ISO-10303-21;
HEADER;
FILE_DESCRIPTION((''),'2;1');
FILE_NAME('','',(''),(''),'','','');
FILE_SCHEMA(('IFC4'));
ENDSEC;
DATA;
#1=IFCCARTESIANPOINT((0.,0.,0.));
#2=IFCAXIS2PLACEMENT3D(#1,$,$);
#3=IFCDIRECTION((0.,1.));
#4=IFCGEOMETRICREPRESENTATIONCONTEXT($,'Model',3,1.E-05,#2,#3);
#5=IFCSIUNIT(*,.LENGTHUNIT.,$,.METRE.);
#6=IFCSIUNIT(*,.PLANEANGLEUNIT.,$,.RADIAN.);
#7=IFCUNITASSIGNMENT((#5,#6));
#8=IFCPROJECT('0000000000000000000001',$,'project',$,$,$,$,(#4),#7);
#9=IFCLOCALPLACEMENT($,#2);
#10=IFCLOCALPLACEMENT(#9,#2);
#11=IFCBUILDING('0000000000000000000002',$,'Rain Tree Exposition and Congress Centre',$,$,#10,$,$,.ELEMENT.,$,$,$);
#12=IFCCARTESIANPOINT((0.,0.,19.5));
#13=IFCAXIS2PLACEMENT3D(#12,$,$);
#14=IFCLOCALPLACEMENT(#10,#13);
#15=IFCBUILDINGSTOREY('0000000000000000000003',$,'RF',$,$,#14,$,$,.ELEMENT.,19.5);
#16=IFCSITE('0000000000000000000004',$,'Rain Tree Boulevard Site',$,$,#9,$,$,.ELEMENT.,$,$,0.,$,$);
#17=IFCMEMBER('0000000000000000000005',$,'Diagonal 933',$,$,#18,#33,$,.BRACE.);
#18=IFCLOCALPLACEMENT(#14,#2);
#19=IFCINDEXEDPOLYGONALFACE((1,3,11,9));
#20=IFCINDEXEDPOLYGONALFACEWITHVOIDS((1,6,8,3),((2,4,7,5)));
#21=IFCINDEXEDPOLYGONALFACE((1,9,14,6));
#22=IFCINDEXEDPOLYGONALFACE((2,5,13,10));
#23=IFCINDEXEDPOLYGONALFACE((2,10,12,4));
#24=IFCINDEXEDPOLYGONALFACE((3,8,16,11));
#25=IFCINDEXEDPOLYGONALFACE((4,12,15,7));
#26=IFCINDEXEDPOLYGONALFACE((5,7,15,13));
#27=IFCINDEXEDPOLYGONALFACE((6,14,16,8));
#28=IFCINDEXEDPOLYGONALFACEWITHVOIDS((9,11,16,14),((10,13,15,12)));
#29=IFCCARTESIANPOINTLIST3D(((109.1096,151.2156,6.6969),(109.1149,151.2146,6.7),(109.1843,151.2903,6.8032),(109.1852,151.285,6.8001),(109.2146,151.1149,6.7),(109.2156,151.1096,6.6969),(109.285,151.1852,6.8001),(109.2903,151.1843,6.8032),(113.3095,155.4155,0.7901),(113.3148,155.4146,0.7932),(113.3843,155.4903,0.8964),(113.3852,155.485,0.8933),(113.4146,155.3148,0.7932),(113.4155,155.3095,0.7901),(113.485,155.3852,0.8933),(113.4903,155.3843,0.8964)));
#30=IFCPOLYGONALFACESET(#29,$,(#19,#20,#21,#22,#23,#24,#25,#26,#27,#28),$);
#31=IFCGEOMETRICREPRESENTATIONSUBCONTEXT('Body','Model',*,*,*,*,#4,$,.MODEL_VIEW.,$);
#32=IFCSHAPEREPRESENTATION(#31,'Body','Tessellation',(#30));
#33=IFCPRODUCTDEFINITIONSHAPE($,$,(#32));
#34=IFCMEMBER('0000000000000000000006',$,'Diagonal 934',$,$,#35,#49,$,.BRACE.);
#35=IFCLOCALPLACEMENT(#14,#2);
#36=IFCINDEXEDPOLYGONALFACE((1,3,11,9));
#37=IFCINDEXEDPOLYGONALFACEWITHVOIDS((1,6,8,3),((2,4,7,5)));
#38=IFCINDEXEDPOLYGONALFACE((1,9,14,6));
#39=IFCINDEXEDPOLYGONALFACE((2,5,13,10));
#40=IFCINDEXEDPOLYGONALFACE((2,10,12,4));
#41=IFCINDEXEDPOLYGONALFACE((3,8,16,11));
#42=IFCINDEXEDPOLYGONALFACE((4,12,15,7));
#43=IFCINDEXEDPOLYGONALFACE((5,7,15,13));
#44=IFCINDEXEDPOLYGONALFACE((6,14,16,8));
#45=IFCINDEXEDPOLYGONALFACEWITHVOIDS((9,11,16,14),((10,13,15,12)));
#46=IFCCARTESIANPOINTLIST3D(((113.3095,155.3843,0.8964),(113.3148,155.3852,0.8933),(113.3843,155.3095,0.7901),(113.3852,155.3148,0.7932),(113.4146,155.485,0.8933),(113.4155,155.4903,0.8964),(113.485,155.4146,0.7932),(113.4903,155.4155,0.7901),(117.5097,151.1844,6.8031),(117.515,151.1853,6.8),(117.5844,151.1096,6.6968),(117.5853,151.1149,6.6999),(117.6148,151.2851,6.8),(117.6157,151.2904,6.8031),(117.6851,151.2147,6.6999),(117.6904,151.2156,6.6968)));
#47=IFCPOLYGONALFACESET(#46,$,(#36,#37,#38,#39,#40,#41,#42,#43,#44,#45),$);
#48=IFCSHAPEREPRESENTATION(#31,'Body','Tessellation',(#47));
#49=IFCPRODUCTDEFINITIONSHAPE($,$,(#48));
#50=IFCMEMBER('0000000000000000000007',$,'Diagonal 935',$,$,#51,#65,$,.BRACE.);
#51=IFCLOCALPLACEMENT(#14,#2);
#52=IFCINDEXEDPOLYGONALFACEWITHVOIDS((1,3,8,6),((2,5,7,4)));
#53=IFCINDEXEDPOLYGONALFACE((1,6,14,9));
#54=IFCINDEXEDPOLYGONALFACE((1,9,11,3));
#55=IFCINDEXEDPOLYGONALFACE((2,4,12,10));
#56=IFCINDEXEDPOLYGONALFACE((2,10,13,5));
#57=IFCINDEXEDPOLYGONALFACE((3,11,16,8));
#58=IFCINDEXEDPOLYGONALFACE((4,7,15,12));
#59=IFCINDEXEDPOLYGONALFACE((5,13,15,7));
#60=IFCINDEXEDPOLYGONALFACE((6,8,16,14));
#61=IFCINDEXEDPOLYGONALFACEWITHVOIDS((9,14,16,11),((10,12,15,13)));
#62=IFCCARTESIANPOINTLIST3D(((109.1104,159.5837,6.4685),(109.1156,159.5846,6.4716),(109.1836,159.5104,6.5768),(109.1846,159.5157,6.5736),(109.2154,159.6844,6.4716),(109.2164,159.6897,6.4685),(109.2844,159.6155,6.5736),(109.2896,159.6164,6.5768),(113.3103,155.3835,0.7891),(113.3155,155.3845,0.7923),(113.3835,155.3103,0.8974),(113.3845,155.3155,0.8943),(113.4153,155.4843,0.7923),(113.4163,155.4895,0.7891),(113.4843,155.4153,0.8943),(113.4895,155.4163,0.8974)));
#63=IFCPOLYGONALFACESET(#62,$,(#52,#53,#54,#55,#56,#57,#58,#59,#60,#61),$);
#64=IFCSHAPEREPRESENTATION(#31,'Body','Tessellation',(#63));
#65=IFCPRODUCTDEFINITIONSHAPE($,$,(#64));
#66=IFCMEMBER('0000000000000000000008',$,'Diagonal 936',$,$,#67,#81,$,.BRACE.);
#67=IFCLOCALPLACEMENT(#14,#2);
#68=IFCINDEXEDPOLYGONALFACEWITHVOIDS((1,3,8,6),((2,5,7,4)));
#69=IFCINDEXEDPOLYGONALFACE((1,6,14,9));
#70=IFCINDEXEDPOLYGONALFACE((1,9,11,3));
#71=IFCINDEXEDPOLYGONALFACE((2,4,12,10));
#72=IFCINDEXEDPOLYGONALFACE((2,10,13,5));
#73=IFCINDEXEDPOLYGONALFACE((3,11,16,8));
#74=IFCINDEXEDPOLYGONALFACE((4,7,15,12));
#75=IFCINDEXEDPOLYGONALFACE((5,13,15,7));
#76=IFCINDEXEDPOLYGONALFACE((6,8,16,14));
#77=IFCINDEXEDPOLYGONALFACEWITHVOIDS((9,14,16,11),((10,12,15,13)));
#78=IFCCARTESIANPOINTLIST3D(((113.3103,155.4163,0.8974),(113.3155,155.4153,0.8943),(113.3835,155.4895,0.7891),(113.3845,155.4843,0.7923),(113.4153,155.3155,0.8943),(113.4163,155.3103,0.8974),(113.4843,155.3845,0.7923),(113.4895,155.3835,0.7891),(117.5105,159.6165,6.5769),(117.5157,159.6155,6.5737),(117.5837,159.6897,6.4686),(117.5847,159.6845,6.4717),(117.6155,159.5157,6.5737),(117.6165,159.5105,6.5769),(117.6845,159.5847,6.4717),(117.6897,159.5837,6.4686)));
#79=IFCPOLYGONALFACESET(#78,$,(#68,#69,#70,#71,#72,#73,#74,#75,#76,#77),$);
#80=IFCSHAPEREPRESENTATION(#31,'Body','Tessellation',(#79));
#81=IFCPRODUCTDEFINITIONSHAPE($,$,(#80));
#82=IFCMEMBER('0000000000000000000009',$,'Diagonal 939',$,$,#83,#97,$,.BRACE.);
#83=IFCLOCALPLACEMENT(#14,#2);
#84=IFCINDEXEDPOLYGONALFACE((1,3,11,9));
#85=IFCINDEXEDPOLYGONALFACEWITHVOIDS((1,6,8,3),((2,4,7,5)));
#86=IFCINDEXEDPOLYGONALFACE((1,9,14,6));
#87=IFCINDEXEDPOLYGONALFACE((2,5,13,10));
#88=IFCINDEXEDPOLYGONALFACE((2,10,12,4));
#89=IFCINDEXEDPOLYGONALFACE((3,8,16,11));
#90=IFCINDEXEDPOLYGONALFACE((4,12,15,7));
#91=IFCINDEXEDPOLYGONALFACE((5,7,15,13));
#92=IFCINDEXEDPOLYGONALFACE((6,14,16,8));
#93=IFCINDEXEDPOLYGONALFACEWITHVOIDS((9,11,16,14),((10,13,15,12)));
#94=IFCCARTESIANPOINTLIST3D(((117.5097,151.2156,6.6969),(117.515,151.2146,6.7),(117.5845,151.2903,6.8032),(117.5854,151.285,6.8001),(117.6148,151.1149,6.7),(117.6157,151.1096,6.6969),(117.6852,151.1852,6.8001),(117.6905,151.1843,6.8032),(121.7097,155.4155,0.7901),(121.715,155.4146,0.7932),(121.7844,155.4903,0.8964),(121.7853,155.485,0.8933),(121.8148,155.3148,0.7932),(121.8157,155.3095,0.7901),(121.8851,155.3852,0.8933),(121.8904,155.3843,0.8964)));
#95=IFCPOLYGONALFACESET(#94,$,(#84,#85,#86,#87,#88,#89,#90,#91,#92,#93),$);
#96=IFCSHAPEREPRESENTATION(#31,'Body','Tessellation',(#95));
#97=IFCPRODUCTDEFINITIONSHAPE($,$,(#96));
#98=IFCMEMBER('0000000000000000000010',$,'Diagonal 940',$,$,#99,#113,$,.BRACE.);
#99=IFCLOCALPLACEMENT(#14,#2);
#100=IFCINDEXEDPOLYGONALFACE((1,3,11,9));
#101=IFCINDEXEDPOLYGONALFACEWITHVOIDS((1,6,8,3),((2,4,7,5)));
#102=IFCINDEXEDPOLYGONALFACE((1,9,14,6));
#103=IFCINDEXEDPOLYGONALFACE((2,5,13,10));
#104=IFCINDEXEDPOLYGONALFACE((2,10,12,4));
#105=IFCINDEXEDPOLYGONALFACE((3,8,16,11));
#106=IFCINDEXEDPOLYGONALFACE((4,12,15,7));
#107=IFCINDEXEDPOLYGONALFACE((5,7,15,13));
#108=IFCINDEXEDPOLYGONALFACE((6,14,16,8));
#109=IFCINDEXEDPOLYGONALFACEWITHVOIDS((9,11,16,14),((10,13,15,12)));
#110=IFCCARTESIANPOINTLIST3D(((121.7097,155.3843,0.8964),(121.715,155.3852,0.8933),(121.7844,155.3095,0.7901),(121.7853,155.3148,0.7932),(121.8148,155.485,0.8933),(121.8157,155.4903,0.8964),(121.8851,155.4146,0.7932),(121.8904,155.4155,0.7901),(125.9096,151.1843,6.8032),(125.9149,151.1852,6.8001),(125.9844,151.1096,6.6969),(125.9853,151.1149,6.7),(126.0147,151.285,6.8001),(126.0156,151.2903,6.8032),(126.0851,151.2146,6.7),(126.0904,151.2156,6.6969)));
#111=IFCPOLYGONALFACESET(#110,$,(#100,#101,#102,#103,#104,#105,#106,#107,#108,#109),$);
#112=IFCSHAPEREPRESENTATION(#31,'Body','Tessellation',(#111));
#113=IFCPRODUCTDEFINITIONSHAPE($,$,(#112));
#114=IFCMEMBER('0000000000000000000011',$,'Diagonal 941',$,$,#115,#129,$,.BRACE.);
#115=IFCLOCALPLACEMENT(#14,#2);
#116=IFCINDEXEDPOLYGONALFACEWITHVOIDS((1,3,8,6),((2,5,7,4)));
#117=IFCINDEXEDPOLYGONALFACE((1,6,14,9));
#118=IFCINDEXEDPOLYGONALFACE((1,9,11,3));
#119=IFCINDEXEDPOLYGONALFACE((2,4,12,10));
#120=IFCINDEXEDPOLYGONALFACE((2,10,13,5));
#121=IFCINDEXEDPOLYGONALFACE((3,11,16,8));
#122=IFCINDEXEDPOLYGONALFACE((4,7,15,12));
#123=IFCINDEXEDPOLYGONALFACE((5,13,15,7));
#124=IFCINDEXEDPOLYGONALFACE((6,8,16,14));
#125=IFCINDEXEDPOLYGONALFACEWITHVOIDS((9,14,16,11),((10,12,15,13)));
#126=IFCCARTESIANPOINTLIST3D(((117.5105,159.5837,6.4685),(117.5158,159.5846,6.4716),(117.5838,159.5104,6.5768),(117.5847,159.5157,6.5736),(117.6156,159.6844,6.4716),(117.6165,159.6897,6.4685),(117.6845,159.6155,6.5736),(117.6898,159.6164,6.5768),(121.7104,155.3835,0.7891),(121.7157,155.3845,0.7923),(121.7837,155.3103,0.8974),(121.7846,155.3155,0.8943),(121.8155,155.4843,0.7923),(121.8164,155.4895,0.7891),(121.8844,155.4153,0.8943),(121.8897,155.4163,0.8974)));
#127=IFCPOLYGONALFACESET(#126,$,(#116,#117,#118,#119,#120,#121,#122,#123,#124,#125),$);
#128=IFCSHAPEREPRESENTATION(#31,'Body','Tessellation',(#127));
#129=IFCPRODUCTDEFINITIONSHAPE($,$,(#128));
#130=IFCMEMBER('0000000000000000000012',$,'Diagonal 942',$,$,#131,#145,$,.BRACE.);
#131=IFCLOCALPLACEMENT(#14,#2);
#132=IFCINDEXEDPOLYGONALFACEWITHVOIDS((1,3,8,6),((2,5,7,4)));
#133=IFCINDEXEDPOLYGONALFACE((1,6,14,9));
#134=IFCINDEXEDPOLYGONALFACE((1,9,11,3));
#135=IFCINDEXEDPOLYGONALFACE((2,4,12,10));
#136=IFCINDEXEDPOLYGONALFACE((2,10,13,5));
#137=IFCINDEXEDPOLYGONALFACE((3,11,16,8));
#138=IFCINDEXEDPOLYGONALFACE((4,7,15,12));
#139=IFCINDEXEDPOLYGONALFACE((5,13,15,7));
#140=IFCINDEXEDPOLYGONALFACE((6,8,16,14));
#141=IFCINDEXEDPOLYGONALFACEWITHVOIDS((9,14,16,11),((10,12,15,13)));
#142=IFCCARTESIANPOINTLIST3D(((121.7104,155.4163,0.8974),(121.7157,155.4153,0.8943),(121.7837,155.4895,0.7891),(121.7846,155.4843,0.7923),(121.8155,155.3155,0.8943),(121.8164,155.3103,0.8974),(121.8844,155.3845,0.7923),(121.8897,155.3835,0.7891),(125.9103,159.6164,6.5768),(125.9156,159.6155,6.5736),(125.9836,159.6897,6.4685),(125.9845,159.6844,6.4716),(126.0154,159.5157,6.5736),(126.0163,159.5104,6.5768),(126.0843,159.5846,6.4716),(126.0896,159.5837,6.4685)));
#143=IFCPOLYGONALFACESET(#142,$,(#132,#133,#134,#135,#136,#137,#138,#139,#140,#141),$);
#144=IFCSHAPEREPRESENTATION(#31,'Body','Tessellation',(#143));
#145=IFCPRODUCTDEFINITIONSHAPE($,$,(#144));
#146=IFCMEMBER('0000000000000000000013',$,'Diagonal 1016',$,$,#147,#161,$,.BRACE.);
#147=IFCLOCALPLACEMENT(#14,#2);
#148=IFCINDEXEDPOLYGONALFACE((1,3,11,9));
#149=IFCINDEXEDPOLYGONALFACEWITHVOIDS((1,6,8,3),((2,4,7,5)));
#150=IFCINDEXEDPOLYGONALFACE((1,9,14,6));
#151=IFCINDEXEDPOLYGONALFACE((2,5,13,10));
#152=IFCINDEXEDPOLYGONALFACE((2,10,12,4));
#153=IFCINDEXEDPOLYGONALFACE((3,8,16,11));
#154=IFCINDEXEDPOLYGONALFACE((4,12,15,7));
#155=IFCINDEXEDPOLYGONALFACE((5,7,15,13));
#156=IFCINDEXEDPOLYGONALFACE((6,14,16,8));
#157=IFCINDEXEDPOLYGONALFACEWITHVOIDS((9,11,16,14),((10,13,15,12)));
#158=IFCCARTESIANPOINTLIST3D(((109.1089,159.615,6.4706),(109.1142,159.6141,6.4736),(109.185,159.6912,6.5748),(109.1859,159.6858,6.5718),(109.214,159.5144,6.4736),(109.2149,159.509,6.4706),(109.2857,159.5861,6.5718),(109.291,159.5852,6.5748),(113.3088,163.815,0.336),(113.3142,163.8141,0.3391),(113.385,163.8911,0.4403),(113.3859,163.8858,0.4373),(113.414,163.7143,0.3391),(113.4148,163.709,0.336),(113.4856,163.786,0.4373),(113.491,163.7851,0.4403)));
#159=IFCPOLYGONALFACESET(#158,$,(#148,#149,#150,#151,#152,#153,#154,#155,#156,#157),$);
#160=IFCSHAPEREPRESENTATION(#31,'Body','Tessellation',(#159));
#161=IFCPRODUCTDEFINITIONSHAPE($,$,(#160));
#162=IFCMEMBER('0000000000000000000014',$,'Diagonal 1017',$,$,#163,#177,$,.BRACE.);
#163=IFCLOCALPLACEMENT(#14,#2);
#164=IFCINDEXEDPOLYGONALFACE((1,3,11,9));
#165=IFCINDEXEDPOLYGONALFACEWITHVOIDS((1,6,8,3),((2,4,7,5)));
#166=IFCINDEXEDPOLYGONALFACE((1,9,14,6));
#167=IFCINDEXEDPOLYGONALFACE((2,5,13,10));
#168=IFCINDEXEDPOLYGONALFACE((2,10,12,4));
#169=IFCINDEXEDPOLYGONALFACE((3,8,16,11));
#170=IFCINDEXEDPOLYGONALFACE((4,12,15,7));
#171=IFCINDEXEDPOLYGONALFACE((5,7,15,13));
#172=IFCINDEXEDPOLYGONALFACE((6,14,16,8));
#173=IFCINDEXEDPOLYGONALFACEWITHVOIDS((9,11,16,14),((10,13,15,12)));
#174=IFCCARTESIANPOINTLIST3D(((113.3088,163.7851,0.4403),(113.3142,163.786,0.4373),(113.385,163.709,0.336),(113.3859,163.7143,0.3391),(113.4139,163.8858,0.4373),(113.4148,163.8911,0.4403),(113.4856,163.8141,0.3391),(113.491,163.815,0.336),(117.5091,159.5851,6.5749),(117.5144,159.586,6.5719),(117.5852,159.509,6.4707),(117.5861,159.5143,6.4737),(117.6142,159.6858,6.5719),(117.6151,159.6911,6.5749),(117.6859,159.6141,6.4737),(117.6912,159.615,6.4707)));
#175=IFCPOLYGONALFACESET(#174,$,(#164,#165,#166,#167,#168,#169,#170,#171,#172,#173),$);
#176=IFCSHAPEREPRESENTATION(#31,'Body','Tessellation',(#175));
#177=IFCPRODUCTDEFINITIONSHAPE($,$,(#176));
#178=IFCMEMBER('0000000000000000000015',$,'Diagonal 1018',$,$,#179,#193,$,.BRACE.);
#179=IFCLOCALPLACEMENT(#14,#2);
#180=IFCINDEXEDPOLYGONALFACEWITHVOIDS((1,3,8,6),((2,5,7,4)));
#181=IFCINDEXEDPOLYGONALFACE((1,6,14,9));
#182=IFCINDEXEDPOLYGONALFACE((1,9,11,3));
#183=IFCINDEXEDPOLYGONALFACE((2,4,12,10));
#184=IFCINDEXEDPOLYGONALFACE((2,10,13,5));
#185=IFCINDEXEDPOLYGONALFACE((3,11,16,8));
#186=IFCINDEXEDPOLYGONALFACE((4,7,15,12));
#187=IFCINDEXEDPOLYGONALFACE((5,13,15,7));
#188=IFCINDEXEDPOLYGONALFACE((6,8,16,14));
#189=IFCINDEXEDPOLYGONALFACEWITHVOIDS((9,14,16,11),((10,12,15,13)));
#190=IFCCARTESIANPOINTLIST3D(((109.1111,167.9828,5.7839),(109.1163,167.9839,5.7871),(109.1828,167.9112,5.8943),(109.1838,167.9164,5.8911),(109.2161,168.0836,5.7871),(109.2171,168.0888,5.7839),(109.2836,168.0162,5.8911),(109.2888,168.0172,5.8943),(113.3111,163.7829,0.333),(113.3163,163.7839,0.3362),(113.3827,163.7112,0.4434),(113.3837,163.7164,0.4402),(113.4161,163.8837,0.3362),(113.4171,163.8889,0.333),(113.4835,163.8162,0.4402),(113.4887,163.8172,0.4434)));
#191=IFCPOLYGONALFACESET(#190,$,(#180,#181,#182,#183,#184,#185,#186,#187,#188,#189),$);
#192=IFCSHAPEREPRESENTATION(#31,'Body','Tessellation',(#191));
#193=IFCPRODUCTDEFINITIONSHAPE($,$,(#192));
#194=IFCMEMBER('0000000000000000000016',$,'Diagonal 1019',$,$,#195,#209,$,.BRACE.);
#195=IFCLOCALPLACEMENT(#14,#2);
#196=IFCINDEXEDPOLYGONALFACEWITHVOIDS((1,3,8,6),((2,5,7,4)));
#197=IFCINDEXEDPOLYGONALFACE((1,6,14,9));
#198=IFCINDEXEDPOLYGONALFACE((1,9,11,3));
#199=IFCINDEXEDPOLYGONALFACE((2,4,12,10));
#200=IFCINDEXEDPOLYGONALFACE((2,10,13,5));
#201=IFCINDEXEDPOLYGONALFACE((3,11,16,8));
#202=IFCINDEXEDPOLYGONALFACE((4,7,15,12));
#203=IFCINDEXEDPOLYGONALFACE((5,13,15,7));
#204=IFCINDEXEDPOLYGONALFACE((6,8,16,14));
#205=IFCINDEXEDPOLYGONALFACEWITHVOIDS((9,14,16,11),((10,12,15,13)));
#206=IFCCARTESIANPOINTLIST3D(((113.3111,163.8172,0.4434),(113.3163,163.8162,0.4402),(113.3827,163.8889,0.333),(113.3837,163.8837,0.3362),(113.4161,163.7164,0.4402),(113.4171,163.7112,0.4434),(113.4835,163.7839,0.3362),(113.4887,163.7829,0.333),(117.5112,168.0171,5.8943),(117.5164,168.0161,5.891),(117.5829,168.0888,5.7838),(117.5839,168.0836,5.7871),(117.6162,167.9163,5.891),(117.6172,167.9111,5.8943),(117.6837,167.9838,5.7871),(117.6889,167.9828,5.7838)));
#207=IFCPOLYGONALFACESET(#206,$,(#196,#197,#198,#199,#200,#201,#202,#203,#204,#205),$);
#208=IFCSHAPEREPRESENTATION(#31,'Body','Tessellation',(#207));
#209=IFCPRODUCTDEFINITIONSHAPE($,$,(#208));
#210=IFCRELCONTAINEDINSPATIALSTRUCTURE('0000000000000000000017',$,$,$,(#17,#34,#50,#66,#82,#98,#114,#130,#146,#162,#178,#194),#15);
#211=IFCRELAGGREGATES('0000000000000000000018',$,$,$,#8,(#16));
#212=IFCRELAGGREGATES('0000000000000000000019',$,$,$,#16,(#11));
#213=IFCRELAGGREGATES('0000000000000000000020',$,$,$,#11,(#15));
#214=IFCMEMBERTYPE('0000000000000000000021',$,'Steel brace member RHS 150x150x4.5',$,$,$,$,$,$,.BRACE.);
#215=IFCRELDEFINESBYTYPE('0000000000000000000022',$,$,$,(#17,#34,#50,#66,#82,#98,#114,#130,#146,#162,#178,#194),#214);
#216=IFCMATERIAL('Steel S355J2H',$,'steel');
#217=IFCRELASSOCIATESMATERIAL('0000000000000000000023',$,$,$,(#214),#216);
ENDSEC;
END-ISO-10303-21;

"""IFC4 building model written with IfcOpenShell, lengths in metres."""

from ifc_helpers import new_model, si_unit, direction, frame, origin, origin_2d, place, context, subcontext, project, spatial, hollow_rectangle, extrude, material, material_profile, profile_set, type_object, element, save


model = new_model("IFC4")

# Units and contexts
model_context = context("Model", 3, precision=1e-05, world=origin(), true_north=direction((0.0, 1.0)))
body_context = subcontext(model_context, "Body", "Model", "MODEL_VIEW")
ifc_project = project(units=[si_unit("LENGTHUNIT", "METRE"), si_unit("PLANEANGLEUNIT", "RADIAN")], contexts=[model_context])

# Site, building, storey
site_placement = place(None, origin())
site = spatial("IfcSite", under=ifc_project, at=site_placement, Name="Rain Tree Boulevard Site", CompositionType="ELEMENT", RefElevation=0.0)
building_placement = place(site_placement, origin())
building = spatial("IfcBuilding", under=site, at=building_placement, Name="Rain Tree Exposition and Congress Centre", CompositionType="ELEMENT")
storey_placement = place(building_placement, frame((0.0, 0.0, 19.5)))
storey = spatial("IfcBuildingStorey", under=building, at=storey_placement, Name="RF", CompositionType="ELEMENT", Elevation=19.5)

# Members
ifc_material_1 = material(Name="Steel S355J2H", Category="steel")
ifc_material_profile_1 = material_profile(ifc_material_1, hollow_rectangle(XDim=0.1499, YDim=0.1499, WallThickness=0.0044, at=origin_2d()), Name="RHS 150x150x4.5")
ifc_profile_set_1 = profile_set([ifc_material_profile_1], Name="Steel S355J2H")
member_type_1 = type_object("IfcMemberType", Name="Steel brace member RHS 150x150x4.5", PredefinedType="BRACE", material=ifc_profile_set_1)
for number, where, z_axis, x_axis, name in (
    (1, (113.3999, 155.3999, 0.8433), (-0.501386, -0.501386, 0.705141), (0.707107, -0.707107, 0.0), "Diagonal 933"),
    (2, (113.3999, 155.3999, 0.8433), (0.501408, -0.501379, 0.705131), (0.707086, 0.707127, 0.0), "Diagonal 934"),
):
    element("IfcMember", number, at=place(storey_placement, frame(where, z_axis=z_axis, x_axis=x_axis)), inside=storey, type_object=member_type_1, Name=name, PredefinedType="BRACE", context=body_context, shape_type="SweptSolid", body=[
        extrude(hollow_rectangle(XDim=0.1499, YDim=0.1499, WallThickness=0.0044, at=origin_2d()), origin(), (0.0, 0.0, 1.0), 8.3767),
    ])
member_1_placement = place(storey_placement, frame((113.3999, 155.3999, 0.8433), z_axis=(-0.511061, 0.51109, 0.691089), x_axis=(-0.707127, -0.707086, 0.0)))
element("IfcMember", 3, at=member_1_placement, inside=storey, type_object=member_type_1, Name="Diagonal 935", PredefinedType="BRACE", context=body_context, shape_type="SweptSolid", body=[
    extrude(hollow_rectangle(XDim=0.1499, YDim=0.1499, WallThickness=0.0044, at=origin_2d()), origin(), (0.0, 0.0, 1.0), 8.218),
])
member_2_placement = place(storey_placement, frame((113.3999, 155.3999, 0.8433), z_axis=(0.511083, 0.511083, 0.691078), x_axis=(-0.707107, 0.707107, 0.0)))
element("IfcMember", 4, at=member_2_placement, inside=storey, type_object=member_type_1, Name="Diagonal 936", PredefinedType="BRACE", context=body_context, shape_type="SweptSolid", body=[
    extrude(hollow_rectangle(XDim=0.1499, YDim=0.1499, WallThickness=0.0044, at=origin_2d()), origin(), (0.0, 0.0, 1.0), 8.2183),
])
for number, where, z_axis, x_axis, name in (
    (5, (121.8, 155.3999, 0.8433), (-0.501386, -0.501386, 0.705141), (0.707107, -0.707107, 0.0), "Diagonal 939"),
    (6, (121.8, 155.3999, 0.8433), (0.501386, -0.501386, 0.705141), (0.707107, 0.707107, 0.0), "Diagonal 940"),
):
    element("IfcMember", number, at=place(storey_placement, frame(where, z_axis=z_axis, x_axis=x_axis)), inside=storey, type_object=member_type_1, Name=name, PredefinedType="BRACE", context=body_context, shape_type="SweptSolid", body=[
        extrude(hollow_rectangle(XDim=0.1499, YDim=0.1499, WallThickness=0.0044, at=origin_2d()), origin(), (0.0, 0.0, 1.0), 8.3767),
    ])
for number, where, z_axis, x_axis, name in (
    (7, (121.8, 155.3999, 0.8433), (-0.511061, 0.51109, 0.691089), (-0.707127, -0.707086, 0.0), "Diagonal 941"),
    (8, (121.8, 155.3999, 0.8433), (0.511061, 0.51109, 0.691089), (-0.707127, 0.707086, 0.0), "Diagonal 942"),
):
    element("IfcMember", number, at=place(storey_placement, frame(where, z_axis=z_axis, x_axis=x_axis)), inside=storey, type_object=member_type_1, Name=name, PredefinedType="BRACE", context=body_context, shape_type="SweptSolid", body=[
        extrude(hollow_rectangle(XDim=0.1499, YDim=0.1499, WallThickness=0.0044, at=origin_2d()), origin(), (0.0, 0.0, 1.0), 8.218),
    ])
member_3_placement = place(storey_placement, frame((113.3999, 163.8, 0.3882), z_axis=(-0.491865, -0.491865, 0.718427), x_axis=(0.707107, -0.707107, 0.0)))
element("IfcMember", 9, at=member_3_placement, inside=storey, type_object=member_type_1, Name="Diagonal 1016", PredefinedType="BRACE", context=body_context, shape_type="SweptSolid", body=[
    extrude(hollow_rectangle(XDim=0.1499, YDim=0.1499, WallThickness=0.0044, at=origin_2d()), origin(), (0.0, 0.0, 1.0), 8.5388),
])
member_4_placement = place(storey_placement, frame((113.3999, 163.8, 0.3882), z_axis=(0.491887, -0.491858, 0.718417), x_axis=(0.707086, 0.707127, 0.0)))
element("IfcMember", 10, at=member_4_placement, inside=storey, type_object=member_type_1, Name="Diagonal 1017", PredefinedType="BRACE", context=body_context, shape_type="SweptSolid", body=[
    extrude(hollow_rectangle(XDim=0.1499, YDim=0.1499, WallThickness=0.0044, at=origin_2d()), origin(), (0.0, 0.0, 1.0), 8.5391),
])
for number, where, z_axis, x_axis, name in (
    (11, (113.3999, 163.8, 0.3882), (-0.520973, 0.520973, 0.676147), (-0.707107, -0.707107, 0.0), "Diagonal 1018"),
    (12, (113.3999, 163.8, 0.3882), (0.520995, 0.520965, 0.676136), (-0.707086, 0.707127, 0.0), "Diagonal 1019"),
):
    element("IfcMember", number, at=place(storey_placement, frame(where, z_axis=z_axis, x_axis=x_axis)), inside=storey, type_object=member_type_1, Name=name, PredefinedType="BRACE", context=body_context, shape_type="SweptSolid", body=[
        extrude(hollow_rectangle(XDim=0.1499, YDim=0.1499, WallThickness=0.0044, at=origin_2d()), origin(), (0.0, 0.0, 1.0), 8.0618),
    ])

save(model, "model.ifc")
